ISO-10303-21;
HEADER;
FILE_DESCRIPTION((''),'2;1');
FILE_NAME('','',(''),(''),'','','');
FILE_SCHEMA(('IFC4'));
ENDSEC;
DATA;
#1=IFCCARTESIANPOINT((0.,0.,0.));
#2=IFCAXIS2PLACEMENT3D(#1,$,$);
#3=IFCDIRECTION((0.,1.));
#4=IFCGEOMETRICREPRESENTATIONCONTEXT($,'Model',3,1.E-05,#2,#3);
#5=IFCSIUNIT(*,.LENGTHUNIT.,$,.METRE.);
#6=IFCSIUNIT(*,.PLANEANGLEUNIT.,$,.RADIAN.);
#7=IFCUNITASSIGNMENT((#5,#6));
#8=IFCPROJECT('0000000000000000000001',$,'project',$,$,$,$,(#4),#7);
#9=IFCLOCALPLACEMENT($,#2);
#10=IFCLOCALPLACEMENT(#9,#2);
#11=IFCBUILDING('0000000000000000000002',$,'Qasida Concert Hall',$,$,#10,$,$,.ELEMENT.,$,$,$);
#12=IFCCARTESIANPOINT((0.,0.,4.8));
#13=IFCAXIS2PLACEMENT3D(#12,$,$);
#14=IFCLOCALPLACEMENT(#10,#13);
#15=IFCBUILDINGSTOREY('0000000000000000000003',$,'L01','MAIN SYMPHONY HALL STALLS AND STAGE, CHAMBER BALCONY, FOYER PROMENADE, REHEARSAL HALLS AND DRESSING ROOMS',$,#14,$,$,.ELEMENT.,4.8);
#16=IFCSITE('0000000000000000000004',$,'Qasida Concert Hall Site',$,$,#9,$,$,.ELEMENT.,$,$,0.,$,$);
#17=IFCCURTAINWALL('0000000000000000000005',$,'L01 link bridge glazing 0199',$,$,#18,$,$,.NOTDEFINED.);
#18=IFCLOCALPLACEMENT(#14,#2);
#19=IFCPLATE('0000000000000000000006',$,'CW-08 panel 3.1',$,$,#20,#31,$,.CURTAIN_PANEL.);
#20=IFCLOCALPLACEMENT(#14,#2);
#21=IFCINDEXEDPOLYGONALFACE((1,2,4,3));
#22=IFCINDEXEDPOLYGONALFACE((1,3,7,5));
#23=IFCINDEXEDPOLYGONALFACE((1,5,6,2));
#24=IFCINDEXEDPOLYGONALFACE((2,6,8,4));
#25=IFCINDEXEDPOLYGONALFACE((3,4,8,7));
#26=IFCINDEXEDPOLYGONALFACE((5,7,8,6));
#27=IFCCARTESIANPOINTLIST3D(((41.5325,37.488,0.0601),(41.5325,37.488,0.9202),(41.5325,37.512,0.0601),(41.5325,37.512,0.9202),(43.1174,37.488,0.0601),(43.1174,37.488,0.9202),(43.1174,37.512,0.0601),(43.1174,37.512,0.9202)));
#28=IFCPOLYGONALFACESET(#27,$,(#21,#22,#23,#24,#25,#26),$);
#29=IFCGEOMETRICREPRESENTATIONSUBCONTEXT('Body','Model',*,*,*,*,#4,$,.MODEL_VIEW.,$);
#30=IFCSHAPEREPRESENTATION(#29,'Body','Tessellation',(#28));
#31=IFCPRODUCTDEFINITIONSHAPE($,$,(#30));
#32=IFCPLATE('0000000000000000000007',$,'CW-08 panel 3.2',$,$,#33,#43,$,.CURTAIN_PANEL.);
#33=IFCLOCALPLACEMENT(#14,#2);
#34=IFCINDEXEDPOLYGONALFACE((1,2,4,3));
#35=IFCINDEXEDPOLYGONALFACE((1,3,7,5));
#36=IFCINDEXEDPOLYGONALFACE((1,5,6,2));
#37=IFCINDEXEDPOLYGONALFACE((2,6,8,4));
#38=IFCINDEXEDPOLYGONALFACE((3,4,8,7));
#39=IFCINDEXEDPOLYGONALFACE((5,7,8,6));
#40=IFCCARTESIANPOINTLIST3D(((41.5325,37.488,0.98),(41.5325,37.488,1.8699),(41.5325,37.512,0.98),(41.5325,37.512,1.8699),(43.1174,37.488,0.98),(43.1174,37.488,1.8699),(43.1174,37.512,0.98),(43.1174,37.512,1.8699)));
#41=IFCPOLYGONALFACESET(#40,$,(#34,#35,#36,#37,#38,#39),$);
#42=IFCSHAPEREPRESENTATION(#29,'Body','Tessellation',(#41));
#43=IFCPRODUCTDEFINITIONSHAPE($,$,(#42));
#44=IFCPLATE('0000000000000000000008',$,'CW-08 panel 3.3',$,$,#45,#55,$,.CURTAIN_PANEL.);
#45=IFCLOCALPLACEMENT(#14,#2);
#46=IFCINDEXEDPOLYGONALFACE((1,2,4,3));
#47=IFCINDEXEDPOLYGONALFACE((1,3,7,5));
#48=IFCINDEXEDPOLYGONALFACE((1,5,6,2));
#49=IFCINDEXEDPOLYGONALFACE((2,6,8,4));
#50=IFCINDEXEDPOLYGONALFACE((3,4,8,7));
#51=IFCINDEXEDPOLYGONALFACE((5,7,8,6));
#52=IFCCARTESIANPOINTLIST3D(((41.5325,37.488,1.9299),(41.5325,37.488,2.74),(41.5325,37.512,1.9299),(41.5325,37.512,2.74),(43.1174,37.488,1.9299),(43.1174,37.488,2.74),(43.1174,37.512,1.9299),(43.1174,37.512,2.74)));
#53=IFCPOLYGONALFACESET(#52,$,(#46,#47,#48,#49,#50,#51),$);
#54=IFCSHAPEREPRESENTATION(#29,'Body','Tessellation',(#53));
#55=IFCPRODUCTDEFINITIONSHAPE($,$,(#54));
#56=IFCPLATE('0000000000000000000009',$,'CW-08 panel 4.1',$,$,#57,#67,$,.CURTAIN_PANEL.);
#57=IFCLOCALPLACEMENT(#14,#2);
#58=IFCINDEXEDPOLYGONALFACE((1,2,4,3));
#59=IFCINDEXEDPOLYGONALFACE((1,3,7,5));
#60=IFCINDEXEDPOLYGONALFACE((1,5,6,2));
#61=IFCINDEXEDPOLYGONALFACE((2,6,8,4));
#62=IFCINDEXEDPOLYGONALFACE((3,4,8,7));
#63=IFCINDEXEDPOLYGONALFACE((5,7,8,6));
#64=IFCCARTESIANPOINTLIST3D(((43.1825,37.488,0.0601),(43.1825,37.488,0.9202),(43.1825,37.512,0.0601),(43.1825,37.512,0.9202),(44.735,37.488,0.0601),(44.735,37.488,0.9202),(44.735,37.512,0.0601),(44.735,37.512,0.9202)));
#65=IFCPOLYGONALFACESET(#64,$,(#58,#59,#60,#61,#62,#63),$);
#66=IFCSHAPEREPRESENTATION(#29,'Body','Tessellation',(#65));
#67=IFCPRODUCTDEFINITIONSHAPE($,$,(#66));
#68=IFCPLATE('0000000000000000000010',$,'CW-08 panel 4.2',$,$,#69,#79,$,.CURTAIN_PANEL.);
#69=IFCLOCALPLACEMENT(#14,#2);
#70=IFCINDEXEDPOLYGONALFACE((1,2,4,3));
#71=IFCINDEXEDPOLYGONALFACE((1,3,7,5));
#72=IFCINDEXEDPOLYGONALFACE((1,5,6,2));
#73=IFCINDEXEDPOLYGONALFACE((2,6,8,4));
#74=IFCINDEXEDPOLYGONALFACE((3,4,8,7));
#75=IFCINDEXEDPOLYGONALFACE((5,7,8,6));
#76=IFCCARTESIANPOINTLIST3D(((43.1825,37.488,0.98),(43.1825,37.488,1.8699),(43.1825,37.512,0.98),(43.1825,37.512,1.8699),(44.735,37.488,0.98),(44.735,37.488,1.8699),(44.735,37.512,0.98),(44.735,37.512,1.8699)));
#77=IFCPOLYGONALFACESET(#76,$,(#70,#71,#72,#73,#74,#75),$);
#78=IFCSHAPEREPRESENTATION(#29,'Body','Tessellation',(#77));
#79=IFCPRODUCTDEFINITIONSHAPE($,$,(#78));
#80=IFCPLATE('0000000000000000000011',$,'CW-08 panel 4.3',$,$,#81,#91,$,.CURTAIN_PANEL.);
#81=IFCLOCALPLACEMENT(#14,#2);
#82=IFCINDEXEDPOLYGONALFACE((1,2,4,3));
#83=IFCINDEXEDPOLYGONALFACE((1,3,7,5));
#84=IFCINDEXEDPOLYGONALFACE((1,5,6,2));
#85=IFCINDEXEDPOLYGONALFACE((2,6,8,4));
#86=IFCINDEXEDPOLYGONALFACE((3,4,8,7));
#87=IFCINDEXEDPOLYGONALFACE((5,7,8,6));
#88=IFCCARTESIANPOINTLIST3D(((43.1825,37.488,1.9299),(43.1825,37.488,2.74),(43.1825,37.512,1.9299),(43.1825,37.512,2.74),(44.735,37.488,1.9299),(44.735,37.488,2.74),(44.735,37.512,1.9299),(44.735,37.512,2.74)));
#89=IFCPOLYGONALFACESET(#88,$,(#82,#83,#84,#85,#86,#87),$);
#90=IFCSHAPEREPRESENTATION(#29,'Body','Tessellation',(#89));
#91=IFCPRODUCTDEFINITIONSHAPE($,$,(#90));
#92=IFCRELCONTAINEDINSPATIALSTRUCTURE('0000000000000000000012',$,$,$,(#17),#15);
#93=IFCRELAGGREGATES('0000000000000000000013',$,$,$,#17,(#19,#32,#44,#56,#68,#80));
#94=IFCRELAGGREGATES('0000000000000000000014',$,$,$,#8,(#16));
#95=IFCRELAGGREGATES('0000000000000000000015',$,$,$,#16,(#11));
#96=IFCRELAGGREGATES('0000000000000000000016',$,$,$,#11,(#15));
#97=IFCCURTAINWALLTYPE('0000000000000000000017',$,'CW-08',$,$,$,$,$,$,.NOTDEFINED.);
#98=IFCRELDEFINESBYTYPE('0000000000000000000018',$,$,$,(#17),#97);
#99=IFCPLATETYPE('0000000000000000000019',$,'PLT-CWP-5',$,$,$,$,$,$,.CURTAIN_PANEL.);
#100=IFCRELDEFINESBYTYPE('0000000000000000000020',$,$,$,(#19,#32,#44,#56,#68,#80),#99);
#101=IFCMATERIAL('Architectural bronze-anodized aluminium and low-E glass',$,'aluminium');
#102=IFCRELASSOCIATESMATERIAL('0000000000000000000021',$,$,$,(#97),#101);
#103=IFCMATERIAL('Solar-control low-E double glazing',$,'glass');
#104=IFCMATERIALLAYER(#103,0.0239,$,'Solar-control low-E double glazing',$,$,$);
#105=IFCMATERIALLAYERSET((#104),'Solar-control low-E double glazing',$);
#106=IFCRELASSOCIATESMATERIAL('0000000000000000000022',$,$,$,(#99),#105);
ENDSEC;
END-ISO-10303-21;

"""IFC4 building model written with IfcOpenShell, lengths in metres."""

from ifc_helpers import new_model, si_unit, direction, frame, origin, origin_2d, place, context, subcontext, project, spatial, rectangle, extrude, material, layer, layer_set, type_object, element, aggregate, save


model = new_model("IFC4")

# Units and contexts
model_context = context("Model", 3, precision=1e-05, world=origin(), true_north=direction((0.0, 1.0)))
body_context = subcontext(model_context, "Body", "Model", "MODEL_VIEW")
ifc_project = project(units=[si_unit("LENGTHUNIT", "METRE"), si_unit("PLANEANGLEUNIT", "RADIAN")], contexts=[model_context])

# Site, building, storey
site_placement = place(None, origin())
site = spatial("IfcSite", under=ifc_project, at=site_placement, Name="Qasida Concert Hall Site", CompositionType="ELEMENT", RefElevation=0.0)
building_placement = place(site_placement, origin())
building = spatial("IfcBuilding", under=site, at=building_placement, Name="Qasida Concert Hall", CompositionType="ELEMENT")
storey_placement = place(building_placement, frame((0.0, 0.0, 4.8)))
storey = spatial("IfcBuildingStorey", under=building, at=storey_placement, Name="L01", Description="MAIN SYMPHONY HALL STALLS AND STAGE, CHAMBER BALCONY, FOYER PROMENADE, REHEARSAL HALLS AND DRESSING ROOMS", CompositionType="ELEMENT", Elevation=4.8)

# Shared definitions
ifc_material_1 = material(Name="Architectural bronze-anodized aluminium and low-E glass", Category="aluminium")

# Curtain wall
curtain_wall_type_1 = type_object("IfcCurtainWallType", Name="CW-08", PredefinedType="NOTDEFINED", material=ifc_material_1)
curtain_wall_1_placement = place(storey_placement, origin())
curtain_wall_1 = element("IfcCurtainWall", 1, at=curtain_wall_1_placement, inside=storey, type_object=curtain_wall_type_1, Name="L01 link bridge glazing 0199", PredefinedType="NOTDEFINED")

# Plates
ifc_material_2 = material(Name="Solar-control low-E double glazing", Category="glass")
ifc_layer_1 = layer(ifc_material_2, 0.0239, Name="Solar-control low-E double glazing")
ifc_layer_set_1 = layer_set([ifc_layer_1], Name="Solar-control low-E double glazing")
plate_type_1 = type_object("IfcPlateType", Name="PLT-CWP-5", PredefinedType="CURTAIN_PANEL", material=ifc_layer_set_1)
plate_1_placement = place(storey_placement, frame((42.325, 37.5, 0.0601), z_axis=(0.0, 0.0, 1.0), x_axis=(1.0, 0.0, 0.0)))
plate_1 = element("IfcPlate", 2, at=plate_1_placement, type_object=plate_type_1, Name="CW-08 panel 3.1", PredefinedType="CURTAIN_PANEL", context=body_context, shape_type="SweptSolid", body=[
    extrude(rectangle(XDim=1.585, YDim=0.0239, at=origin_2d()), origin(), (0.0, 0.0, 1.0), 0.8601),
])
plate_2_placement = place(storey_placement, frame((42.325, 37.5, 0.98), z_axis=(0.0, 0.0, 1.0), x_axis=(1.0, 0.0, 0.0)))
plate_2 = element("IfcPlate", 3, at=plate_2_placement, type_object=plate_type_1, Name="CW-08 panel 3.2", PredefinedType="CURTAIN_PANEL", context=body_context, shape_type="SweptSolid", body=[
    extrude(rectangle(XDim=1.585, YDim=0.0239, at=origin_2d()), origin(), (0.0, 0.0, 1.0), 0.8899),
])
plate_3_placement = place(storey_placement, frame((42.325, 37.5, 1.9299), z_axis=(0.0, 0.0, 1.0), x_axis=(1.0, 0.0, 0.0)))
plate_3 = element("IfcPlate", 4, at=plate_3_placement, type_object=plate_type_1, Name="CW-08 panel 3.3", PredefinedType="CURTAIN_PANEL", context=body_context, shape_type="SweptSolid", body=[
    extrude(rectangle(XDim=1.585, YDim=0.0239, at=origin_2d()), origin(), (0.0, 0.0, 1.0), 0.8101),
])
plate_4_placement = place(storey_placement, frame((43.9587, 37.5, 0.0601), z_axis=(0.0, 0.0, 1.0), x_axis=(1.0, 0.0, 0.0)))
plate_4 = element("IfcPlate", 5, at=plate_4_placement, type_object=plate_type_1, Name="CW-08 panel 4.1", PredefinedType="CURTAIN_PANEL", context=body_context, shape_type="SweptSolid", body=[
    extrude(rectangle(XDim=1.5525, YDim=0.0239, at=origin_2d()), origin(), (0.0, 0.0, 1.0), 0.8601),
])
plate_5_placement = place(storey_placement, frame((43.9587, 37.5, 0.98), z_axis=(0.0, 0.0, 1.0), x_axis=(1.0, 0.0, 0.0)))
plate_5 = element("IfcPlate", 6, at=plate_5_placement, type_object=plate_type_1, Name="CW-08 panel 4.2", PredefinedType="CURTAIN_PANEL", context=body_context, shape_type="SweptSolid", body=[
    extrude(rectangle(XDim=1.5525, YDim=0.0239, at=origin_2d()), origin(), (0.0, 0.0, 1.0), 0.8899),
])
plate_6_placement = place(storey_placement, frame((43.9587, 37.5, 1.9299), z_axis=(0.0, 0.0, 1.0), x_axis=(1.0, 0.0, 0.0)))
plate_6 = element("IfcPlate", 7, at=plate_6_placement, type_object=plate_type_1, Name="CW-08 panel 4.3", PredefinedType="CURTAIN_PANEL", context=body_context, shape_type="SweptSolid", body=[
    extrude(rectangle(XDim=1.5525, YDim=0.0239, at=origin_2d()), origin(), (0.0, 0.0, 1.0), 0.8101),
])
aggregate(curtain_wall_1, [plate_1, plate_2, plate_3, plate_4, plate_5, plate_6])

save(model, "model.ifc")
